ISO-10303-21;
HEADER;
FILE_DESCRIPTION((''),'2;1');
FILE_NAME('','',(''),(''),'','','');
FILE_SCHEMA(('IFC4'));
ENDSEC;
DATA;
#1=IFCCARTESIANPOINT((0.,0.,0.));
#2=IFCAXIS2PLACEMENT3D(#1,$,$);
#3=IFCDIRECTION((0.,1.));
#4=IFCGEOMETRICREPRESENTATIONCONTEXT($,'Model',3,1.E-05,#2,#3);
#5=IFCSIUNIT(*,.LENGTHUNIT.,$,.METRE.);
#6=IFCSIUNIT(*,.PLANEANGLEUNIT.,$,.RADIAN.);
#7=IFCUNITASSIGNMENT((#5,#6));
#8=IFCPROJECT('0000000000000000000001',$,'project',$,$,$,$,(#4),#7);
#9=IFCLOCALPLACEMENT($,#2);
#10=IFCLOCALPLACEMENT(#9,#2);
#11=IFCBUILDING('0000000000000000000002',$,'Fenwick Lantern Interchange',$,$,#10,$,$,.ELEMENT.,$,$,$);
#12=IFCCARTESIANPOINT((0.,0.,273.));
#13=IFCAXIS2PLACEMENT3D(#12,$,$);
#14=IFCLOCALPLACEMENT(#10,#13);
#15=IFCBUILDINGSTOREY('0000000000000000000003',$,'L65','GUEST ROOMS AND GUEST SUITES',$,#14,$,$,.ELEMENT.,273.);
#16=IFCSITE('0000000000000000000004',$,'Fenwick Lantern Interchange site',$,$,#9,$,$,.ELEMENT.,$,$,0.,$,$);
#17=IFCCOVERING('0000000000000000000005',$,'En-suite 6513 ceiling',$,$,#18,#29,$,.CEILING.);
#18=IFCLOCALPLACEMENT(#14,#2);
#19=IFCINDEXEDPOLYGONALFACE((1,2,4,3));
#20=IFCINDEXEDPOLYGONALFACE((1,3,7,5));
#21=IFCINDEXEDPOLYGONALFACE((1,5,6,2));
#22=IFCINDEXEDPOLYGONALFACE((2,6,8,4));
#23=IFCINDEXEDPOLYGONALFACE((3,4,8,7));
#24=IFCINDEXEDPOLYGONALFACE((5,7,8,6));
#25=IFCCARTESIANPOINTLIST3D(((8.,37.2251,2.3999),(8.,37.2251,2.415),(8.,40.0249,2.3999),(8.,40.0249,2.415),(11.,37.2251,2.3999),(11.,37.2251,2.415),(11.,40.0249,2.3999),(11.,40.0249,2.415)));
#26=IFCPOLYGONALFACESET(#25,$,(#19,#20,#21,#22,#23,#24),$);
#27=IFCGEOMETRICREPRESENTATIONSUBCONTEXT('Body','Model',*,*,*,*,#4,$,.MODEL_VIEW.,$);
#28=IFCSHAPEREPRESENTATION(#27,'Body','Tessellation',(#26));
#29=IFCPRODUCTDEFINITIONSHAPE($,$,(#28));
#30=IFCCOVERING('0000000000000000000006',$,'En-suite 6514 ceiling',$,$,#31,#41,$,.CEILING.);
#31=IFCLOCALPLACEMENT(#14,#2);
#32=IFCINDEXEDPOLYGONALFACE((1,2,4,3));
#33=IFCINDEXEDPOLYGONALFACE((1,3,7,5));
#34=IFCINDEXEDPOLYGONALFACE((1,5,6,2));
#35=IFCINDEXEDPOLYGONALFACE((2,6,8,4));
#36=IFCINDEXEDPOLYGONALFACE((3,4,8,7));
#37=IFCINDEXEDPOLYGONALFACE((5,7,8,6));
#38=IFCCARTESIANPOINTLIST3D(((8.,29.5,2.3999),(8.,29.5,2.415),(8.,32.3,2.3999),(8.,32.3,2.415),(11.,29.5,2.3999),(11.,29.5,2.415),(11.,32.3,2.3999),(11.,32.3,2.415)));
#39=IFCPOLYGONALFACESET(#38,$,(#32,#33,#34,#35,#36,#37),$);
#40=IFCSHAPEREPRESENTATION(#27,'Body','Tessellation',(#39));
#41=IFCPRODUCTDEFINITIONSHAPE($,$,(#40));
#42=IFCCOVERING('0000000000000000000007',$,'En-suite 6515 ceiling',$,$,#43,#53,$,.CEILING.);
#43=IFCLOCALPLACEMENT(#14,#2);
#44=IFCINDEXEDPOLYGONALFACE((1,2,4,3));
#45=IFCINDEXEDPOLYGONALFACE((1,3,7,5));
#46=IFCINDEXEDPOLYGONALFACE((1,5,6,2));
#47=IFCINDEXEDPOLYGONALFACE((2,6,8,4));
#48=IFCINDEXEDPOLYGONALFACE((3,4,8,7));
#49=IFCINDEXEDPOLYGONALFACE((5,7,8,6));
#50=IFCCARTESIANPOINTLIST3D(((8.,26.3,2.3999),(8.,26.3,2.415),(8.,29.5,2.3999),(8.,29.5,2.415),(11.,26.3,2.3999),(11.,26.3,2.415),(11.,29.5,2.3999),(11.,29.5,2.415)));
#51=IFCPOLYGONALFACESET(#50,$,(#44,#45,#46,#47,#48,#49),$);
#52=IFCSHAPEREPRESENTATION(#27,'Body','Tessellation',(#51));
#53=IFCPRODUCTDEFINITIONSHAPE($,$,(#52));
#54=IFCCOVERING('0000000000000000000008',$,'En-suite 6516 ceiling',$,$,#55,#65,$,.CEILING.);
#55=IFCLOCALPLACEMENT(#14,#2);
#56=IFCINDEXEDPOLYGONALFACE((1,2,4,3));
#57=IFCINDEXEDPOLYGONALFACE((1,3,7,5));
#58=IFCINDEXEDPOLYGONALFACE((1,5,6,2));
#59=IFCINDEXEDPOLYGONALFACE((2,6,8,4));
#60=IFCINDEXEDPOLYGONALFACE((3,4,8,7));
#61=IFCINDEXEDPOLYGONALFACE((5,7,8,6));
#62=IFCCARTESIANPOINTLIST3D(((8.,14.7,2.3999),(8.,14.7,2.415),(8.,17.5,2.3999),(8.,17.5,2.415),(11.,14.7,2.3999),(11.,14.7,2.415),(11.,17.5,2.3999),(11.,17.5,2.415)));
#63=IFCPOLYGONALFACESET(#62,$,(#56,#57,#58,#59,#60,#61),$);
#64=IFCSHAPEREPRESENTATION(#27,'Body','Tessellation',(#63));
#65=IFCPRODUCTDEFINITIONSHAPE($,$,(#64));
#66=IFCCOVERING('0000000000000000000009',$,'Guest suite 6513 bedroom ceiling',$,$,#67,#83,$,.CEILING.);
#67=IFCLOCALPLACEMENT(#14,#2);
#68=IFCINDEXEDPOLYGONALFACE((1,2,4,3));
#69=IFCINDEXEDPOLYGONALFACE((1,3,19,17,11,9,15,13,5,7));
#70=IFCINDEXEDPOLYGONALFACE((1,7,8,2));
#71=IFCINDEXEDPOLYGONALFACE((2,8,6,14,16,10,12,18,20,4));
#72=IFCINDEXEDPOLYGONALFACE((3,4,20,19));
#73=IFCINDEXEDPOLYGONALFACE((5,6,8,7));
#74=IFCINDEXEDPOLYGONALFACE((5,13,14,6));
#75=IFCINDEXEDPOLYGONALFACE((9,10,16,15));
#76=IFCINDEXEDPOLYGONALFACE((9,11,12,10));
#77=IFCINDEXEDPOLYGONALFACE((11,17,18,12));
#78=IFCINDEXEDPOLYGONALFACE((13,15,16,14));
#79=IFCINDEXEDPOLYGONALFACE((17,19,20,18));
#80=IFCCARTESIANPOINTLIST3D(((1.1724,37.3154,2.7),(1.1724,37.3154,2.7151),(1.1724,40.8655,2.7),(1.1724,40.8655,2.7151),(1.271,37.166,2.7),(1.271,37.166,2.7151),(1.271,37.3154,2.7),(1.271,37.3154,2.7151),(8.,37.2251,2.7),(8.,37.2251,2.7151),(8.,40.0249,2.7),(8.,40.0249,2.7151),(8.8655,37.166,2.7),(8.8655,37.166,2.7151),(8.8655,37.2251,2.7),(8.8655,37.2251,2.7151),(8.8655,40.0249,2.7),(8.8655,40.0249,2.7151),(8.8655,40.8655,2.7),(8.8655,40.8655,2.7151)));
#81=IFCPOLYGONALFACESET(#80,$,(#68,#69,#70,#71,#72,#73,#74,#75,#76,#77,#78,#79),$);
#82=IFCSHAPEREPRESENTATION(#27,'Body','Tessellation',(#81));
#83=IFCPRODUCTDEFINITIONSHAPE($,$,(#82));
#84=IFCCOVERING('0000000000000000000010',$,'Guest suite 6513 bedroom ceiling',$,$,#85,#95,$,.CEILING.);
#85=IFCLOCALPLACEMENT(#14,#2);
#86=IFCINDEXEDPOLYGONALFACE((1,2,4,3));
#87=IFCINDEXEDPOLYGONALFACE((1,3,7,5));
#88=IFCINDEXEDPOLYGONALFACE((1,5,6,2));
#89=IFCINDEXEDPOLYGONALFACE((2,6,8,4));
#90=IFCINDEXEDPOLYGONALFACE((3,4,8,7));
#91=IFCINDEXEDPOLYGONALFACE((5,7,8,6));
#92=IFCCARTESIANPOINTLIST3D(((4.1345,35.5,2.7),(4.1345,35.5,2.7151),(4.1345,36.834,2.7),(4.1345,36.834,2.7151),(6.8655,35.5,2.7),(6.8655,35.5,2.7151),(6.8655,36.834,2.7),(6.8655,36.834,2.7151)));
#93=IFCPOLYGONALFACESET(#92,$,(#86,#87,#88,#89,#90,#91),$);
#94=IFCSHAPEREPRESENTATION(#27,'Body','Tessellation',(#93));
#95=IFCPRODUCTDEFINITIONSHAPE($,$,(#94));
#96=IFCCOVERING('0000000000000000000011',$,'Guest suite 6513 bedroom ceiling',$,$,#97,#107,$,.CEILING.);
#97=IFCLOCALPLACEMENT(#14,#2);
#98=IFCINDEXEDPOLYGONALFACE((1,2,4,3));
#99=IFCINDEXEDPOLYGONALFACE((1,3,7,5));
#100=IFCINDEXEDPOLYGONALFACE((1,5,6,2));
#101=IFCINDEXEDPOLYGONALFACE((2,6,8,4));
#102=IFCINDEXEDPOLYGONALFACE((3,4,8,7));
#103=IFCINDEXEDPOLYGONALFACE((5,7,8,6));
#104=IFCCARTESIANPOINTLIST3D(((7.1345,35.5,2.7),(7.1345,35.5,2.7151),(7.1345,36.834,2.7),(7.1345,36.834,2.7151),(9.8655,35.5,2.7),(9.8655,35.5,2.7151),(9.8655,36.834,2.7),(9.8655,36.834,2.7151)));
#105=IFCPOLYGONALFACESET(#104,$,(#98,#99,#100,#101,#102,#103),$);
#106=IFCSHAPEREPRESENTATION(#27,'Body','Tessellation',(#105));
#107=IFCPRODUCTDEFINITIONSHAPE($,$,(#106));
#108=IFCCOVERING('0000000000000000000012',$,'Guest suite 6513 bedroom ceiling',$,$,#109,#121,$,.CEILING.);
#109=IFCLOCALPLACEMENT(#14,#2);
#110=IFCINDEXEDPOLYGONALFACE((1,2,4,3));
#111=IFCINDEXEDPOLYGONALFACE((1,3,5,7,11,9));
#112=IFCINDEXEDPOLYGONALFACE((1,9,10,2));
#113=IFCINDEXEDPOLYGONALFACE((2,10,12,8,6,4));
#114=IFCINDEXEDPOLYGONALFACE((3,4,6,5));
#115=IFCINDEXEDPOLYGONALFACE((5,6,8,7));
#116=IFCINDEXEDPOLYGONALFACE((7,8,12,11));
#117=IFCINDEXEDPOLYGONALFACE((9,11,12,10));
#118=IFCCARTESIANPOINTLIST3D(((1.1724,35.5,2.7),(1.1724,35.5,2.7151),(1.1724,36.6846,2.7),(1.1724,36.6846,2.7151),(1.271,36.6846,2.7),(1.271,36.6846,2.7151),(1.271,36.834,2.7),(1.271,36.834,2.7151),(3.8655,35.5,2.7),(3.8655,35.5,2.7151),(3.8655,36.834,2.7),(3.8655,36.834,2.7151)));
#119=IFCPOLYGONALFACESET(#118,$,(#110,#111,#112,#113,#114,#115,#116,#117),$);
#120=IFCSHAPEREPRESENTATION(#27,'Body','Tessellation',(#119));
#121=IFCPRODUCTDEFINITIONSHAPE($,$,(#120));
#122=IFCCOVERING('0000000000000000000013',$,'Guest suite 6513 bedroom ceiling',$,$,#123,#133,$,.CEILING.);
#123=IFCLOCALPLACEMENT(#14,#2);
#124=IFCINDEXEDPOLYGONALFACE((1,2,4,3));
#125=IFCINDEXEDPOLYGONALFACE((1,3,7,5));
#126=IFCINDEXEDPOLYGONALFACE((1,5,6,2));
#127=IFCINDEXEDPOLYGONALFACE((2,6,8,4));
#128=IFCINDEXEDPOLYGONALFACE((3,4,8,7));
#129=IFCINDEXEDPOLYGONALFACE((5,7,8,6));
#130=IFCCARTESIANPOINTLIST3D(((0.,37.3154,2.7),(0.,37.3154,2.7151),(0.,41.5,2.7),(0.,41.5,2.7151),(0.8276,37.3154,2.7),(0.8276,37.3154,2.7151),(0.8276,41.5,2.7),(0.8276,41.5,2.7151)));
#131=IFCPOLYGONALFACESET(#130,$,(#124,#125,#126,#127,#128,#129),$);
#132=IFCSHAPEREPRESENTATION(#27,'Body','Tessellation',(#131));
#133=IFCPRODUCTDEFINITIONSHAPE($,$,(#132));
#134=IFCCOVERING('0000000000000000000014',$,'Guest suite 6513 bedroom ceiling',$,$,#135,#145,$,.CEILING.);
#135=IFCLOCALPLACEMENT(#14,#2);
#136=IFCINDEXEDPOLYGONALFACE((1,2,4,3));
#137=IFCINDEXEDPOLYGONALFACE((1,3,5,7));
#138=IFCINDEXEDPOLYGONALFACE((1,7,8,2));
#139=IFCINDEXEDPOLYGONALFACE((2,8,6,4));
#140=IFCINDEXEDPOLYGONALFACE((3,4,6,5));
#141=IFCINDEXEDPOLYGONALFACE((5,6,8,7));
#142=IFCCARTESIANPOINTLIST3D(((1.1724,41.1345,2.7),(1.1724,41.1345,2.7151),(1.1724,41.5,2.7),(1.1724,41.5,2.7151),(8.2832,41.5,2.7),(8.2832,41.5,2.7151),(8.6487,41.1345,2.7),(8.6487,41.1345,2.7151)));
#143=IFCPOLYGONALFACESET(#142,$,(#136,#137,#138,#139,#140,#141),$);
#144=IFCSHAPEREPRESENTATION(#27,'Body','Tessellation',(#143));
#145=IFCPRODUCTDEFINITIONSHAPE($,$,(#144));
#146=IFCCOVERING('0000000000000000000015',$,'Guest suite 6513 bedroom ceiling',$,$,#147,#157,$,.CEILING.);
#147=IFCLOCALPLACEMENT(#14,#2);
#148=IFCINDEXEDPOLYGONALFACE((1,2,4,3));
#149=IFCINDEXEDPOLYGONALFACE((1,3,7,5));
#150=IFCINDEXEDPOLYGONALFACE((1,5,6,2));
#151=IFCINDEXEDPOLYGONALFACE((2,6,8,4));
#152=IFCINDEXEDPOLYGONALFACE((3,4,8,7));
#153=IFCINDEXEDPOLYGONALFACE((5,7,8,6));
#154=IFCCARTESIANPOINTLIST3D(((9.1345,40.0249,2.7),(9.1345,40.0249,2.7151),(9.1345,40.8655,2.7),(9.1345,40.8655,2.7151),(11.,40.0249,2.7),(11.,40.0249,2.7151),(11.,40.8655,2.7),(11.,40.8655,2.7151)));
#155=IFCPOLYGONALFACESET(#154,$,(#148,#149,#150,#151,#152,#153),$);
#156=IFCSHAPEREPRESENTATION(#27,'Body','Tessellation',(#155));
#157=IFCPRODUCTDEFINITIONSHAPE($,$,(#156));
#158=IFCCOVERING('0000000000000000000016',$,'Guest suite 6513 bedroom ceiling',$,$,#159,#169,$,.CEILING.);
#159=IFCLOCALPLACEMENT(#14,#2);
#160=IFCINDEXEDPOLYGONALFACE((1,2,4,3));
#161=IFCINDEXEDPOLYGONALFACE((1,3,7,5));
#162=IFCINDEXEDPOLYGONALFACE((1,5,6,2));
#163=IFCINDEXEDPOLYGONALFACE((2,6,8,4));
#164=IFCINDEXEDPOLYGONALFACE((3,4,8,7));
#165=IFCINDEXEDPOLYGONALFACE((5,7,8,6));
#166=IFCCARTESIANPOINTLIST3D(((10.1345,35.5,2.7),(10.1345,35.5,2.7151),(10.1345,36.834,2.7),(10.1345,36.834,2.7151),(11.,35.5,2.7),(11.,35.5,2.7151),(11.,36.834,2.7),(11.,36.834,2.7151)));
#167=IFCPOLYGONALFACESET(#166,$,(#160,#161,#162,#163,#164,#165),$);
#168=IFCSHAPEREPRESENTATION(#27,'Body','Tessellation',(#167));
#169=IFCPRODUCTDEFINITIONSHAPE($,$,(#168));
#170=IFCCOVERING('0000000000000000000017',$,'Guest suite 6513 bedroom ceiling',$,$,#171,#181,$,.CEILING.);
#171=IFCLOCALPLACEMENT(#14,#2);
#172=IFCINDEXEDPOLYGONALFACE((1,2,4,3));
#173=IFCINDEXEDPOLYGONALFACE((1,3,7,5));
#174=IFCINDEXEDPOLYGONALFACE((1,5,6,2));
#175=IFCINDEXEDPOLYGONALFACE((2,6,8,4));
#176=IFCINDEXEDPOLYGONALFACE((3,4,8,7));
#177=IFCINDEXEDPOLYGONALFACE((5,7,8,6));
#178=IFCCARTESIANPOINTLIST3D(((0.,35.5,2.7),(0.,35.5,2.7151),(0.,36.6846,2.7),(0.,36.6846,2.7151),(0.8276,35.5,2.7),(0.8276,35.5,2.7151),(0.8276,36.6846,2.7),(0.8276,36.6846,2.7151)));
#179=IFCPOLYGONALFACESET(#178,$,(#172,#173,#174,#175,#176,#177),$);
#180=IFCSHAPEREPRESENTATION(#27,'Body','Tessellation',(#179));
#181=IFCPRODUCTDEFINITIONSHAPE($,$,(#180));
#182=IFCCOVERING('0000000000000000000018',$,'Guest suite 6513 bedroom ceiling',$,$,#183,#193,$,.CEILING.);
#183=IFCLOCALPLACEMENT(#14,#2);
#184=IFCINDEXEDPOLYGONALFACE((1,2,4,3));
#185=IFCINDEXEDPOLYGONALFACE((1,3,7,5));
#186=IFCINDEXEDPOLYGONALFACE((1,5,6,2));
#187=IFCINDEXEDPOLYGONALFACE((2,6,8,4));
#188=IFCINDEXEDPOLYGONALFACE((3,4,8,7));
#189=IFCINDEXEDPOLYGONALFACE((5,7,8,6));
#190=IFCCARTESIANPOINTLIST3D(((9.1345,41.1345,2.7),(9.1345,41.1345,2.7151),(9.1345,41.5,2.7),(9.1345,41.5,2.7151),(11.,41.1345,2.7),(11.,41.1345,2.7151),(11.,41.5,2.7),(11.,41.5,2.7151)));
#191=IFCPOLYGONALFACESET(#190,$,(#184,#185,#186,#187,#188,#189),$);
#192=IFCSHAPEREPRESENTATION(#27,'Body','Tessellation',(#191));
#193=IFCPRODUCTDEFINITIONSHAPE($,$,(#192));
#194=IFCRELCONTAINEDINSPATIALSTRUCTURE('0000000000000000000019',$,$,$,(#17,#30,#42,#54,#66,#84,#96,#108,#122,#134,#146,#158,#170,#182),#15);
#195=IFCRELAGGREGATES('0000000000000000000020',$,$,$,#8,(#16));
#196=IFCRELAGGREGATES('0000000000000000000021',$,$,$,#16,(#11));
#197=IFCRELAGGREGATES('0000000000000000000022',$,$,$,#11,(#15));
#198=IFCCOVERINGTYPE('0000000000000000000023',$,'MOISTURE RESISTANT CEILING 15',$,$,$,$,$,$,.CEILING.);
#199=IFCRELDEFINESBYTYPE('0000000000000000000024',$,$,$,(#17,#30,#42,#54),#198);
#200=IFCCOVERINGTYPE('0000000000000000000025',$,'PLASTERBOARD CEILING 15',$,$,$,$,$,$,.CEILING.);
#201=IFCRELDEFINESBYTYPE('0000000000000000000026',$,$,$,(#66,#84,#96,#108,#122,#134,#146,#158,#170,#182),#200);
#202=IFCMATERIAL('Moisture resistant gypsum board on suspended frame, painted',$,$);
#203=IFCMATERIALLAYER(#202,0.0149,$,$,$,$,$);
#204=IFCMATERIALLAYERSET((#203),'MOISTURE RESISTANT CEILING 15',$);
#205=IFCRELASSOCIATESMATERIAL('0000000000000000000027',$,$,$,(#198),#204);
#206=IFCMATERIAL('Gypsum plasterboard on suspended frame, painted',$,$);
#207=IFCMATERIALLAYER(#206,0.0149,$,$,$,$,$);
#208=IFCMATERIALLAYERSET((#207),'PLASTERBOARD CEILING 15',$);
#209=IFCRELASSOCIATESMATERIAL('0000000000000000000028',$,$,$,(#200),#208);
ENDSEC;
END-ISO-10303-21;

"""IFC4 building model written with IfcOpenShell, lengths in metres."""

from ifc_helpers import new_model, si_unit, direction, frame, origin, place, context, subcontext, project, spatial, polyline, outline, extrude, material, layer, layer_set, type_object, element, save


model = new_model("IFC4")

# Units and contexts
model_context = context("Model", 3, precision=1e-05, world=origin(), true_north=direction((0.0, 1.0)))
body_context = subcontext(model_context, "Body", "Model", "MODEL_VIEW")
ifc_project = project(units=[si_unit("LENGTHUNIT", "METRE"), si_unit("PLANEANGLEUNIT", "RADIAN")], contexts=[model_context])

# Site, building, storey
site_placement = place(None, origin())
site = spatial("IfcSite", under=ifc_project, at=site_placement, Name="Fenwick Lantern Interchange site", CompositionType="ELEMENT", RefElevation=0.0)
building_placement = place(site_placement, origin())
building = spatial("IfcBuilding", under=site, at=building_placement, Name="Fenwick Lantern Interchange", CompositionType="ELEMENT")
storey_placement = place(building_placement, frame((0.0, 0.0, 273.0)))
storey = spatial("IfcBuildingStorey", under=building, at=storey_placement, Name="L65", Description="GUEST ROOMS AND GUEST SUITES", CompositionType="ELEMENT", Elevation=273.0)

# Coverings
ifc_material_1 = material(Name="Moisture resistant gypsum board on suspended frame, painted")
ifc_layer_1 = layer(ifc_material_1, 0.0149)
ifc_layer_set_1 = layer_set([ifc_layer_1], Name="MOISTURE RESISTANT CEILING 15")
covering_type_1 = type_object("IfcCoveringType", Name="MOISTURE RESISTANT CEILING 15", PredefinedType="CEILING", material=ifc_layer_set_1)
covering_1_placement = place(storey_placement, frame((0.0, 0.0, 2.3999)))
element("IfcCovering", 1, at=covering_1_placement, inside=storey, type_object=covering_type_1, Name="En-suite 6513 ceiling", PredefinedType="CEILING", context=body_context, shape_type="SweptSolid", body=[
    extrude(outline(polyline([(8.0, 40.0249), (8.0, 37.2251), (11.0, 37.2251), (11.0, 40.0249), (8.0, 40.0249)])), origin(), (0.0, 0.0, 1.0), 0.0151),
])
covering_2_placement = place(storey_placement, frame((0.0, 0.0, 2.3999)))
element("IfcCovering", 2, at=covering_2_placement, inside=storey, type_object=covering_type_1, Name="En-suite 6514 ceiling", PredefinedType="CEILING", context=body_context, shape_type="SweptSolid", body=[
    extrude(outline(polyline([(8.0, 32.3), (8.0, 29.5), (11.0, 29.5), (11.0, 32.3), (8.0, 32.3)])), origin(), (0.0, 0.0, 1.0), 0.0151),
])
covering_3_placement = place(storey_placement, frame((0.0, 0.0, 2.3999)))
element("IfcCovering", 3, at=covering_3_placement, inside=storey, type_object=covering_type_1, Name="En-suite 6515 ceiling", PredefinedType="CEILING", context=body_context, shape_type="SweptSolid", body=[
    extrude(outline(polyline([(8.0, 29.5), (8.0, 26.3), (11.0, 26.3), (11.0, 29.5), (8.0, 29.5)])), origin(), (0.0, 0.0, 1.0), 0.0151),
])
covering_4_placement = place(storey_placement, frame((0.0, 0.0, 2.3999)))
element("IfcCovering", 4, at=covering_4_placement, inside=storey, type_object=covering_type_1, Name="En-suite 6516 ceiling", PredefinedType="CEILING", context=body_context, shape_type="SweptSolid", body=[
    extrude(outline(polyline([(8.0, 17.5), (8.0, 14.7), (11.0, 14.7), (11.0, 17.5), (8.0, 17.5)])), origin(), (0.0, 0.0, 1.0), 0.0151),
])
ifc_material_2 = material(Name="Gypsum plasterboard on suspended frame, painted")
ifc_layer_2 = layer(ifc_material_2, 0.0149)
ifc_layer_set_2 = layer_set([ifc_layer_2], Name="PLASTERBOARD CEILING 15")
covering_type_2 = type_object("IfcCoveringType", Name="PLASTERBOARD CEILING 15", PredefinedType="CEILING", material=ifc_layer_set_2)
covering_5_placement = place(storey_placement, frame((0.0, 0.0, 2.7)))
element("IfcCovering", 5, at=covering_5_placement, inside=storey, type_object=covering_type_2, Name="Guest suite 6513 bedroom ceiling", PredefinedType="CEILING", context=body_context, shape_type="SweptSolid", body=[
    extrude(outline(polyline([(1.271, 37.3154), (1.271, 37.166), (8.8655, 37.166), (8.8655, 37.2251), (8.0, 37.2251), (8.0, 40.0249), (8.8655, 40.0249), (8.8655, 40.8655), (1.1724, 40.8655), (1.1724, 37.3154), (1.271, 37.3154)])), origin(), (0.0, 0.0, 1.0), 0.0151),
])
covering_6_placement = place(storey_placement, frame((0.0, 0.0, 2.7)))
element("IfcCovering", 6, at=covering_6_placement, inside=storey, type_object=covering_type_2, Name="Guest suite 6513 bedroom ceiling", PredefinedType="CEILING", context=body_context, shape_type="SweptSolid", body=[
    extrude(outline(polyline([(4.1345, 35.5), (6.8655, 35.5), (6.8655, 36.834), (4.1345, 36.834), (4.1345, 35.5)])), origin(), (0.0, 0.0, 1.0), 0.0151),
])
covering_7_placement = place(storey_placement, frame((0.0, 0.0, 2.7)))
element("IfcCovering", 7, at=covering_7_placement, inside=storey, type_object=covering_type_2, Name="Guest suite 6513 bedroom ceiling", PredefinedType="CEILING", context=body_context, shape_type="SweptSolid", body=[
    extrude(outline(polyline([(7.1345, 35.5), (9.8655, 35.5), (9.8655, 36.834), (7.1345, 36.834), (7.1345, 35.5)])), origin(), (0.0, 0.0, 1.0), 0.0151),
])
covering_8_placement = place(storey_placement, frame((0.0, 0.0, 2.7)))
element("IfcCovering", 8, at=covering_8_placement, inside=storey, type_object=covering_type_2, Name="Guest suite 6513 bedroom ceiling", PredefinedType="CEILING", context=body_context, shape_type="SweptSolid", body=[
    extrude(outline(polyline([(1.271, 36.6846), (1.1724, 36.6846), (1.1724, 35.5), (3.8655, 35.5), (3.8655, 36.834), (1.271, 36.834), (1.271, 36.6846)])), origin(), (0.0, 0.0, 1.0), 0.0151),
])
covering_9_placement = place(storey_placement, frame((0.0, 0.0, 2.7)))
element("IfcCovering", 9, at=covering_9_placement, inside=storey, type_object=covering_type_2, Name="Guest suite 6513 bedroom ceiling", PredefinedType="CEILING", context=body_context, shape_type="SweptSolid", body=[
    extrude(outline(polyline([(0.0, 37.3154), (0.8276, 37.3154), (0.8276, 41.5), (0.0, 41.5), (0.0, 37.3154)])), origin(), (0.0, 0.0, 1.0), 0.0151),
])
covering_10_placement = place(storey_placement, frame((0.0, 0.0, 2.7)))
element("IfcCovering", 10, at=covering_10_placement, inside=storey, type_object=covering_type_2, Name="Guest suite 6513 bedroom ceiling", PredefinedType="CEILING", context=body_context, shape_type="SweptSolid", body=[
    extrude(outline(polyline([(8.2832, 41.5), (1.1724, 41.5), (1.1724, 41.1345), (8.6487, 41.1345), (8.2832, 41.5)])), origin(), (0.0, 0.0, 1.0), 0.0151),
])
covering_11_placement = place(storey_placement, frame((0.0, 0.0, 2.7)))
element("IfcCovering", 11, at=covering_11_placement, inside=storey, type_object=covering_type_2, Name="Guest suite 6513 bedroom ceiling", PredefinedType="CEILING", context=body_context, shape_type="SweptSolid", body=[
    extrude(outline(polyline([(11.0, 40.0249), (11.0, 40.8655), (9.1345, 40.8655), (9.1345, 40.0249), (11.0, 40.0249)])), origin(), (0.0, 0.0, 1.0), 0.0151),
])
covering_12_placement = place(storey_placement, frame((0.0, 0.0, 2.7)))
element("IfcCovering", 12, at=covering_12_placement, inside=storey, type_object=covering_type_2, Name="Guest suite 6513 bedroom ceiling", PredefinedType="CEILING", context=body_context, shape_type="SweptSolid", body=[
    extrude(outline(polyline([(11.0, 35.5), (11.0, 36.834), (10.1345, 36.834), (10.1345, 35.5), (11.0, 35.5)])), origin(), (0.0, 0.0, 1.0), 0.0151),
])
covering_13_placement = place(storey_placement, frame((0.0, 0.0, 2.7)))
element("IfcCovering", 13, at=covering_13_placement, inside=storey, type_object=covering_type_2, Name="Guest suite 6513 bedroom ceiling", PredefinedType="CEILING", context=body_context, shape_type="SweptSolid", body=[
    extrude(outline(polyline([(0.0, 36.6846), (0.0, 35.5), (0.8276, 35.5), (0.8276, 36.6846), (0.0, 36.6846)])), origin(), (0.0, 0.0, 1.0), 0.0151),
])
covering_14_placement = place(storey_placement, frame((0.0, 0.0, 2.7)))
element("IfcCovering", 14, at=covering_14_placement, inside=storey, type_object=covering_type_2, Name="Guest suite 6513 bedroom ceiling", PredefinedType="CEILING", context=body_context, shape_type="SweptSolid", body=[
    extrude(outline(polyline([(11.0, 41.5), (9.1345, 41.5), (9.1345, 41.1345), (11.0, 41.1345), (11.0, 41.5)])), origin(), (0.0, 0.0, 1.0), 0.0151),
])

save(model, "model.ifc")
